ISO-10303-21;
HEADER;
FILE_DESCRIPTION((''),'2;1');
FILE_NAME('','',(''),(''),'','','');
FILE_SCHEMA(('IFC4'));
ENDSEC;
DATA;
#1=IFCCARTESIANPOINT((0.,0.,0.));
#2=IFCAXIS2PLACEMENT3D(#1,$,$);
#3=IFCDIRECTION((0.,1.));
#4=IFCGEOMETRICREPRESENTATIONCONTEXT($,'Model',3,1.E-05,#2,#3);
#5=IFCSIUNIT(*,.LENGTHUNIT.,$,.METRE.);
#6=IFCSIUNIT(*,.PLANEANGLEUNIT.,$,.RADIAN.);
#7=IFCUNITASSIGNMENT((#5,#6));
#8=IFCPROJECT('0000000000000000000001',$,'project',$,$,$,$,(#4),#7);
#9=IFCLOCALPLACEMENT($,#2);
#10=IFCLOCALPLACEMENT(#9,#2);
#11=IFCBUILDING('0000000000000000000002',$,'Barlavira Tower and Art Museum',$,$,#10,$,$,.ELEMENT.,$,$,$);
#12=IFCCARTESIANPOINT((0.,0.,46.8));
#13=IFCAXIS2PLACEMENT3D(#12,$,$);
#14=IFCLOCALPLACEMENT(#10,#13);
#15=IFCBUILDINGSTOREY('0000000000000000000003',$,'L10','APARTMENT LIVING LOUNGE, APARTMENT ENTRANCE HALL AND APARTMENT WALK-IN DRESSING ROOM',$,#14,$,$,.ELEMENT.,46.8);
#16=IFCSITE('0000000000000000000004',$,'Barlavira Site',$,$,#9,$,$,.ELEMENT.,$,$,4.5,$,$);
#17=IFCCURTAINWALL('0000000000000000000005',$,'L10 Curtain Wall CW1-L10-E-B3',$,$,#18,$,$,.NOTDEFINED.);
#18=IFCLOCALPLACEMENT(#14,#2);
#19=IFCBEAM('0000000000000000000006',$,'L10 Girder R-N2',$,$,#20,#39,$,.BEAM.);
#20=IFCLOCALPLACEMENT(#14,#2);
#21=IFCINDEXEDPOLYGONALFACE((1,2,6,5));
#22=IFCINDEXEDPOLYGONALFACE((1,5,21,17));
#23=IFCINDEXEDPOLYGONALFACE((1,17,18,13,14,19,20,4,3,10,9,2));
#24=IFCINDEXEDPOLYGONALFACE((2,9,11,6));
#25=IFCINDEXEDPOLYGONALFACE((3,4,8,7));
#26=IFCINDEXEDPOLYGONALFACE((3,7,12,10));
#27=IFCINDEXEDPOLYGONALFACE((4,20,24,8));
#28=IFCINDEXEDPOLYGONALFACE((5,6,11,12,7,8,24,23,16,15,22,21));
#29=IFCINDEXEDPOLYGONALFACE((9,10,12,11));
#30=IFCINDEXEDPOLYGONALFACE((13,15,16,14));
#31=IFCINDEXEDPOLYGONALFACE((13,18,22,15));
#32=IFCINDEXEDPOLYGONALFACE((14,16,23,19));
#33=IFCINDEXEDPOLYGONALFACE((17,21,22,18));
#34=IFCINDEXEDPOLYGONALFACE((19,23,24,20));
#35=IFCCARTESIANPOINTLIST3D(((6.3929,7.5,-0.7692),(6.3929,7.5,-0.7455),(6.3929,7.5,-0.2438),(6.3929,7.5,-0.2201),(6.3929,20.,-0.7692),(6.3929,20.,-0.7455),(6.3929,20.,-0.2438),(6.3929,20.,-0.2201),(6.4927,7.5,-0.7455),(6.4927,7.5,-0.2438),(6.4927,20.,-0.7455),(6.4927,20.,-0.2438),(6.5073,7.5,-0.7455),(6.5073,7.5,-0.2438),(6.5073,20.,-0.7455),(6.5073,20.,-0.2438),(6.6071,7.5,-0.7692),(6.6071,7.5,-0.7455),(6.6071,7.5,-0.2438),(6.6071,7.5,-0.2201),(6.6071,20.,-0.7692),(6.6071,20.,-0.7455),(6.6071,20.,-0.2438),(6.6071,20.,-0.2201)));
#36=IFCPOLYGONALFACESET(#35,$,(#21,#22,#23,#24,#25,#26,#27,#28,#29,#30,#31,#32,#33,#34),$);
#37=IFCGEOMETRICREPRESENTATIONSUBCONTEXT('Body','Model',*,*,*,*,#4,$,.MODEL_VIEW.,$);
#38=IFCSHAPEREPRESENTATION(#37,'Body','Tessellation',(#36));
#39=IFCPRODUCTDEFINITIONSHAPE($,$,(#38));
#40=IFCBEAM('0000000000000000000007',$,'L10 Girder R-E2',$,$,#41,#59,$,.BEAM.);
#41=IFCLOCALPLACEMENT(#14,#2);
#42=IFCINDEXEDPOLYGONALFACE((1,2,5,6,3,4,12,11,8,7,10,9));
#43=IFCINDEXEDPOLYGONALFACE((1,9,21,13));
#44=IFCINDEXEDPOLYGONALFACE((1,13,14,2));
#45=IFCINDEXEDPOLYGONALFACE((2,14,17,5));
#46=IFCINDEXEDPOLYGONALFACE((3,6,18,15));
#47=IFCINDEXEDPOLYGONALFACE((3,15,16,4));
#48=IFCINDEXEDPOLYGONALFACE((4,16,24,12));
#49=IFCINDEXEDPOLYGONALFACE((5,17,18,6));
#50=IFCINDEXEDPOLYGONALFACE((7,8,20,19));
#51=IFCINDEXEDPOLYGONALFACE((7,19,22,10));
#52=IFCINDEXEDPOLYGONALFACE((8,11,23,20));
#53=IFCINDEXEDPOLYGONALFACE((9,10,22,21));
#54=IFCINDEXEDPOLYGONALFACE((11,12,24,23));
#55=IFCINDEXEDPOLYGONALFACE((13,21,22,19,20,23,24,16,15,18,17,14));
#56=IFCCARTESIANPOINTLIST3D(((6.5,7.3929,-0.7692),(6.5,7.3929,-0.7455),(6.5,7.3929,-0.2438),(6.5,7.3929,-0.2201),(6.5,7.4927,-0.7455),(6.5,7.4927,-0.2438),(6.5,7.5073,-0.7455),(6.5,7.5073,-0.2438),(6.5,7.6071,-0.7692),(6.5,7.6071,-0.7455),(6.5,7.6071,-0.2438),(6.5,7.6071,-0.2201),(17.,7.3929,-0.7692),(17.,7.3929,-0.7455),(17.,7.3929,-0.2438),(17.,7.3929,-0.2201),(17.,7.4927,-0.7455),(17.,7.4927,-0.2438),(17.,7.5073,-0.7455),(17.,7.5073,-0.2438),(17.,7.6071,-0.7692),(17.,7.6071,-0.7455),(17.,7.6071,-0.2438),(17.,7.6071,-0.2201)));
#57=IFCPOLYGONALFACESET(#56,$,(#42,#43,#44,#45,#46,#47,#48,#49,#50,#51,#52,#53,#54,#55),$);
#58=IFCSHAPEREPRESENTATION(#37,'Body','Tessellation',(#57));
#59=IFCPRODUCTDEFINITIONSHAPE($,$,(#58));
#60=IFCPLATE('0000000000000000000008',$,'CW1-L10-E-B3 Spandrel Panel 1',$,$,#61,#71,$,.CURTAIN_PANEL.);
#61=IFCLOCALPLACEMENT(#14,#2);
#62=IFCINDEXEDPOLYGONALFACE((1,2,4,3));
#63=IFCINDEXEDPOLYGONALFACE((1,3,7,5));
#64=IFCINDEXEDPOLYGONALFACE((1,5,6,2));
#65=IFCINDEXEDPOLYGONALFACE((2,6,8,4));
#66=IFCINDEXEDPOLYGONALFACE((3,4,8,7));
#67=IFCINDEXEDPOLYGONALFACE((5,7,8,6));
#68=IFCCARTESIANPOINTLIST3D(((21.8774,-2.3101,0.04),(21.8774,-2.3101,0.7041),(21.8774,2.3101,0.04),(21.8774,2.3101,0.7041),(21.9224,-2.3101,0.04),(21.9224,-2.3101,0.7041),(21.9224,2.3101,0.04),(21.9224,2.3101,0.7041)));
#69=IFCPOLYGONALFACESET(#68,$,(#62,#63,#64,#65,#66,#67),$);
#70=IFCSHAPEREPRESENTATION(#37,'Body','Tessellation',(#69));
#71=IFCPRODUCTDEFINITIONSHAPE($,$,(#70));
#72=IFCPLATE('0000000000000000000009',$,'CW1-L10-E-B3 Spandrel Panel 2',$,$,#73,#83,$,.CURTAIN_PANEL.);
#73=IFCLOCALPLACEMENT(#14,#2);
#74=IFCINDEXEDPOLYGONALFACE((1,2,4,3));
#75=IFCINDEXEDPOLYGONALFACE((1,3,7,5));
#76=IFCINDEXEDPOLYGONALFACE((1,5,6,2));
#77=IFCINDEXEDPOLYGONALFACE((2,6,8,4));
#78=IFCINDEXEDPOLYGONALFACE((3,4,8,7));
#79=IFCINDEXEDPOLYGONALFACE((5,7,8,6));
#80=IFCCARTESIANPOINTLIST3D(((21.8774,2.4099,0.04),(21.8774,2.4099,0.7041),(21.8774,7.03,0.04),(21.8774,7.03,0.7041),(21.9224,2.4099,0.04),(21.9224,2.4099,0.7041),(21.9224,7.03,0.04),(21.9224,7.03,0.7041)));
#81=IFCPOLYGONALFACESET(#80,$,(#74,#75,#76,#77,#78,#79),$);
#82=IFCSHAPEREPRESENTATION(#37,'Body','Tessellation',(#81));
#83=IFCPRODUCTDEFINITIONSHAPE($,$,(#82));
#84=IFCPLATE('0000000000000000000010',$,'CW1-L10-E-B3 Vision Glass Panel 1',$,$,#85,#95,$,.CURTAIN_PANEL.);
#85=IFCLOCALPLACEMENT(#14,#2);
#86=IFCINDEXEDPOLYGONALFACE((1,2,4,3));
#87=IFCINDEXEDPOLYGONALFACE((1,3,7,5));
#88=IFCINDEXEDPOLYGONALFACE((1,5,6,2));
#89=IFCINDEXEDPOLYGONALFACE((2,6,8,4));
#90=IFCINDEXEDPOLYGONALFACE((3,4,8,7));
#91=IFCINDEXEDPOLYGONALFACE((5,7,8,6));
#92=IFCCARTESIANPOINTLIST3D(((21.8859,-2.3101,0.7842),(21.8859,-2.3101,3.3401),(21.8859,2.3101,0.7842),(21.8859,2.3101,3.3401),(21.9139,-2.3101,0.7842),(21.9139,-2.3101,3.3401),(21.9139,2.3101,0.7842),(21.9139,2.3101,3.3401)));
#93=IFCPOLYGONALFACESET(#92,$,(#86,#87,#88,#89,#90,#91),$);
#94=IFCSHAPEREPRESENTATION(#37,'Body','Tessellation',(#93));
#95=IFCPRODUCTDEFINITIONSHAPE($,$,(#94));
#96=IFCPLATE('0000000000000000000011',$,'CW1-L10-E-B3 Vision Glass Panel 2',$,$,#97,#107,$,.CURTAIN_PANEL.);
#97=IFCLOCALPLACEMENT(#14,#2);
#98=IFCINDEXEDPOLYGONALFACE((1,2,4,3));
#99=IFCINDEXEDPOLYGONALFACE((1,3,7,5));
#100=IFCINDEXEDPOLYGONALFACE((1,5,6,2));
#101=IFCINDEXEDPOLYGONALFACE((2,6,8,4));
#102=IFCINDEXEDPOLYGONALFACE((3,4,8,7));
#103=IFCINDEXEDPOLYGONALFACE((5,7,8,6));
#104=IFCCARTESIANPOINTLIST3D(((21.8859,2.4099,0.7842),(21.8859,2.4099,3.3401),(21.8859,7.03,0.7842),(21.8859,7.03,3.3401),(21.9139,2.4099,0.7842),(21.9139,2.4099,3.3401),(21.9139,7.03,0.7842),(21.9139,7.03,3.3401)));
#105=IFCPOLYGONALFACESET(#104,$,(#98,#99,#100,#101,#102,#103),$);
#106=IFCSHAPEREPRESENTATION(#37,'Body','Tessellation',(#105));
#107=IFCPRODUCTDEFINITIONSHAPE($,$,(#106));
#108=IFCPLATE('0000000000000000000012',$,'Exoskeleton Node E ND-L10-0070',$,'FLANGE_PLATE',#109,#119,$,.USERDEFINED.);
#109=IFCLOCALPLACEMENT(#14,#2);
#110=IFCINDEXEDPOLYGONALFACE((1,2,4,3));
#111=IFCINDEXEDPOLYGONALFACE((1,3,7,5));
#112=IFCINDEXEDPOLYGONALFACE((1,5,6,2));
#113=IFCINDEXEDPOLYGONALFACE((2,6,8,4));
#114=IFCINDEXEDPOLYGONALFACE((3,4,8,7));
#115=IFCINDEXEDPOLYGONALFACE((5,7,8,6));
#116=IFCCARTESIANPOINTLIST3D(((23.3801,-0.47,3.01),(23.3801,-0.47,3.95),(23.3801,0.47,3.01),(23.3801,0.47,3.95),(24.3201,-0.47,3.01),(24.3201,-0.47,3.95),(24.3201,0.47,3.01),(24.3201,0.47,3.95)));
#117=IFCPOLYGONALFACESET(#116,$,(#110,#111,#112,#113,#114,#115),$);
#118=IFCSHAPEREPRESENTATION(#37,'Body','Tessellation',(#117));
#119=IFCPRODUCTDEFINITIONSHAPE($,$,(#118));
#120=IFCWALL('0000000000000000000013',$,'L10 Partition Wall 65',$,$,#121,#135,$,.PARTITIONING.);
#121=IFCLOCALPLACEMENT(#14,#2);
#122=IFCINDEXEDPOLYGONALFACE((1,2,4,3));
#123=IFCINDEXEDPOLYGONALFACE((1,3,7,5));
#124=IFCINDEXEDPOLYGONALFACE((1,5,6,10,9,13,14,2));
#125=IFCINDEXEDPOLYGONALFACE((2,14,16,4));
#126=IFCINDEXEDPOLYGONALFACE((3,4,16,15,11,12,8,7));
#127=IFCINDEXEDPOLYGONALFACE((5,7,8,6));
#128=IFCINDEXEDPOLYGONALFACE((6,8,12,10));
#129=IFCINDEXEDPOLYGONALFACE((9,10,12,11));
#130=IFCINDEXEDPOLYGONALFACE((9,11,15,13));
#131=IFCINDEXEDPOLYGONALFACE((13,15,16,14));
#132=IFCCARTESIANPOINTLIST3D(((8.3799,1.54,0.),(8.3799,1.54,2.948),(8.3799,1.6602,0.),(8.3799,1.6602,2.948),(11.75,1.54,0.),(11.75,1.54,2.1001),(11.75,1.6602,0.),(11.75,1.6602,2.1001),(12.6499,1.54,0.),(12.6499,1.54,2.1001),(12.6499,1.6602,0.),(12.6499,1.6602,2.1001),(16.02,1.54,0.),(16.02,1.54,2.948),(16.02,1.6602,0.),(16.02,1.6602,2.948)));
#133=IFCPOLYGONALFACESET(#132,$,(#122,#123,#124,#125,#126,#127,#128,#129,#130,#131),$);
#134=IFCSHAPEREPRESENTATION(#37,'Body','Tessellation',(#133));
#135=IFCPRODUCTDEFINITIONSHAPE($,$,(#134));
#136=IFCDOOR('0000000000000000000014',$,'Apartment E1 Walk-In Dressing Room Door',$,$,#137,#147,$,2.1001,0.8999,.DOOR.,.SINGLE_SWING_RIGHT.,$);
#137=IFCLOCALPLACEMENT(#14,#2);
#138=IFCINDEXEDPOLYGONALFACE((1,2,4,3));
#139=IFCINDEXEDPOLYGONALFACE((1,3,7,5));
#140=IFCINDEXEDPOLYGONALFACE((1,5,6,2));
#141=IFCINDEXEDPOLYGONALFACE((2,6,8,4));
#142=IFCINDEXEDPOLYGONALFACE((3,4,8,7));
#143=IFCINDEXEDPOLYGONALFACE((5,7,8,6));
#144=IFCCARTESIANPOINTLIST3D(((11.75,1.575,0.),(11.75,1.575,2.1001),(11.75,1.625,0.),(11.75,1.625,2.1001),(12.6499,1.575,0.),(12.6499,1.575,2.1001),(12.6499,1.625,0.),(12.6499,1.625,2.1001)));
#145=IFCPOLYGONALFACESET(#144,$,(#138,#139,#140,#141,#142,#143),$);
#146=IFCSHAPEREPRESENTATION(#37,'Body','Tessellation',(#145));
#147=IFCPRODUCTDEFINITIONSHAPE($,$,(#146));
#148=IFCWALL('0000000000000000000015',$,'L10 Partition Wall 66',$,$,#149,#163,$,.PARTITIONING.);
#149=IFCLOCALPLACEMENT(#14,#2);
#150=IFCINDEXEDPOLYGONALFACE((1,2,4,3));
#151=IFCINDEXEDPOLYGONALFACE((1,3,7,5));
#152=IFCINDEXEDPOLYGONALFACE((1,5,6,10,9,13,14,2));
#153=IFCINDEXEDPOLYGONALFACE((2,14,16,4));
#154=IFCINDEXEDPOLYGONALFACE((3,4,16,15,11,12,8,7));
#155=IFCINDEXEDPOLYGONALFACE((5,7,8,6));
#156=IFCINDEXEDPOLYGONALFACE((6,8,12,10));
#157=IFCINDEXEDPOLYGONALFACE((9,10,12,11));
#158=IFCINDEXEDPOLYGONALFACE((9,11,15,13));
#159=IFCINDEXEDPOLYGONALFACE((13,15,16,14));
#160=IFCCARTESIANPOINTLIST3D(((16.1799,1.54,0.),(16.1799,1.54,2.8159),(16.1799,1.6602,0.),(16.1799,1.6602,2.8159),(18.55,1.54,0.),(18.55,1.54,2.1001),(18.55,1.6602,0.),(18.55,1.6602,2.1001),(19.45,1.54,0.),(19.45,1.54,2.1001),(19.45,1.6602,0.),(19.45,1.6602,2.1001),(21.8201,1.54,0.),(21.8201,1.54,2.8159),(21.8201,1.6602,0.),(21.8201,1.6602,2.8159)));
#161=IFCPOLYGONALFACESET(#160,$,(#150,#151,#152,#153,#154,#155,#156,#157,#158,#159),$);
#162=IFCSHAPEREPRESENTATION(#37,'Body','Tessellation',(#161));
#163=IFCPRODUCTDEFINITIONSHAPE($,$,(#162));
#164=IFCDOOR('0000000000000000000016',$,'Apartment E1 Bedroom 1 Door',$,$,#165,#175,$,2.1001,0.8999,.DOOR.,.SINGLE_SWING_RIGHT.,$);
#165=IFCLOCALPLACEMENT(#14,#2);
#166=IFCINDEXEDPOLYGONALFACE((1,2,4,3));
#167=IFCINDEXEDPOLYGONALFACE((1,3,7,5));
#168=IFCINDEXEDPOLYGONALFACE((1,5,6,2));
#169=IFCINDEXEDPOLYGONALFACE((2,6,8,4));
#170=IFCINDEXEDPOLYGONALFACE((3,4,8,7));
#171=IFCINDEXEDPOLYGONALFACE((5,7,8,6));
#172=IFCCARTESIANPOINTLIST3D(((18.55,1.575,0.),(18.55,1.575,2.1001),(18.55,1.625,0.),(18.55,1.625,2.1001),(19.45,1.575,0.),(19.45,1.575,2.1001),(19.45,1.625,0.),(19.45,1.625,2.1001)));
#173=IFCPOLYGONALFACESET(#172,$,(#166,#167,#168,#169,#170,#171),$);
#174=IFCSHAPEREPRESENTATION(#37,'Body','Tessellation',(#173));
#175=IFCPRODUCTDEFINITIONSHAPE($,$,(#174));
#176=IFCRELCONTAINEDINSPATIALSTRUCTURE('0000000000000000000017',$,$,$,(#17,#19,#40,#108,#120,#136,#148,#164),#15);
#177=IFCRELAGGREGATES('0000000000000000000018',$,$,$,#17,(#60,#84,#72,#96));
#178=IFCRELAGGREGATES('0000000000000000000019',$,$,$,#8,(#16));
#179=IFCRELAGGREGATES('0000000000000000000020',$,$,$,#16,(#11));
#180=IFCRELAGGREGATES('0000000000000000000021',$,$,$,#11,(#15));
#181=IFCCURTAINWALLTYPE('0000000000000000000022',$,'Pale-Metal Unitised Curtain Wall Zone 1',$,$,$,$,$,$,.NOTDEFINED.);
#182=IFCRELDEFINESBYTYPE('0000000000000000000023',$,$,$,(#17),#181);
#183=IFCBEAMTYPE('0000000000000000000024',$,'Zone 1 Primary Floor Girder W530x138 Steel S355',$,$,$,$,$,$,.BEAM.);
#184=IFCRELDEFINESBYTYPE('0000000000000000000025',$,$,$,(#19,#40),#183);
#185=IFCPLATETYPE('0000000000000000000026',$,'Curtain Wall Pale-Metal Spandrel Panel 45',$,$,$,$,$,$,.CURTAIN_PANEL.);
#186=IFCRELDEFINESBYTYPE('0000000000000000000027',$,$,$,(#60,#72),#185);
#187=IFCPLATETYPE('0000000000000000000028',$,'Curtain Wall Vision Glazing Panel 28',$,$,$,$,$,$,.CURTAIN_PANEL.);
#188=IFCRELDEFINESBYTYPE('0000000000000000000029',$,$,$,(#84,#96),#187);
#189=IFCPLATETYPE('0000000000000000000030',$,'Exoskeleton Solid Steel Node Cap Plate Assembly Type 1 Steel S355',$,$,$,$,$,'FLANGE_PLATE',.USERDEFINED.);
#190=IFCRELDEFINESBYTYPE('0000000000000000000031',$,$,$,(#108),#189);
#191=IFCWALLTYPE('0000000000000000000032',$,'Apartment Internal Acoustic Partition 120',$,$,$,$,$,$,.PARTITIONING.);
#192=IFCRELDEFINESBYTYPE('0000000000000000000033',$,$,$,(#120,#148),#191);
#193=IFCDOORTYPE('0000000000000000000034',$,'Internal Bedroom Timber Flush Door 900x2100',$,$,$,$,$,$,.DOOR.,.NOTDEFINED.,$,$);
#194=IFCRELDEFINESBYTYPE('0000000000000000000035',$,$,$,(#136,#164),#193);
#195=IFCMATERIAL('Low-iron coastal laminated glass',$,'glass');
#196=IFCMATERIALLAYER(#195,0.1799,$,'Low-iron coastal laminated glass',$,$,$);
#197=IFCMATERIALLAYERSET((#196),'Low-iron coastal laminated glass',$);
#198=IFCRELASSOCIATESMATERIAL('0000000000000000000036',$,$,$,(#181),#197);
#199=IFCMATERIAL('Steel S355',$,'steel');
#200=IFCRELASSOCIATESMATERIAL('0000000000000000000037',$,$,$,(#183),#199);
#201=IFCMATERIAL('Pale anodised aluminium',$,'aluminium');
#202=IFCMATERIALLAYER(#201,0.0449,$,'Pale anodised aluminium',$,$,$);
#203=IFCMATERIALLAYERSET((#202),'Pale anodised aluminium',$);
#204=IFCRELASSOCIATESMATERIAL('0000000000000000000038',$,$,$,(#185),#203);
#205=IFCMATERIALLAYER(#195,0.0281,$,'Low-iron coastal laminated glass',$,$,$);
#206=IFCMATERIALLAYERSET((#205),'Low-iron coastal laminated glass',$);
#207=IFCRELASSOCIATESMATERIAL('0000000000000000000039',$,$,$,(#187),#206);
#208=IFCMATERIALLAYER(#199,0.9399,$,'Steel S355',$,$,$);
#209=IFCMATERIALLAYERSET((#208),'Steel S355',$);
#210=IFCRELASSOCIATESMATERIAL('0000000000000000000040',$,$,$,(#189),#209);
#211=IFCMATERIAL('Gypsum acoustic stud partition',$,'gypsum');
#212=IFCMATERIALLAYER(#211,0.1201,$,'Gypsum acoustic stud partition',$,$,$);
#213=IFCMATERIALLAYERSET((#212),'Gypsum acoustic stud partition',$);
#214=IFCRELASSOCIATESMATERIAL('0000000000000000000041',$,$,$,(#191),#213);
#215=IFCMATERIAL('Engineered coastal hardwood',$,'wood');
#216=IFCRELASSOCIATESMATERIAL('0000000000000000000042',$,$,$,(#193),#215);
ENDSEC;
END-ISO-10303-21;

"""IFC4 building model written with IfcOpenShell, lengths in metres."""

from ifc_helpers import new_model, si_unit, direction, frame, frame_2d, origin, origin_2d, place, context, subcontext, project, spatial, rectangle, i_section, extrude, material, layer, layer_set, material_profile, profile_set, type_object, element, fill, aggregate, save


model = new_model("IFC4")

# Units and contexts
model_context = context("Model", 3, precision=1e-05, world=origin(), true_north=direction((0.0, 1.0)))
body_context = subcontext(model_context, "Body", "Model", "MODEL_VIEW")
ifc_project = project(units=[si_unit("LENGTHUNIT", "METRE"), si_unit("PLANEANGLEUNIT", "RADIAN")], contexts=[model_context])

# Site, building, storey
site_placement = place(None, origin())
site = spatial("IfcSite", under=ifc_project, at=site_placement, Name="Barlavira Site", CompositionType="ELEMENT", RefElevation=4.5)
building_placement = place(site_placement, origin())
building = spatial("IfcBuilding", under=site, at=building_placement, Name="Barlavira Tower and Art Museum", CompositionType="ELEMENT")
storey_placement = place(building_placement, frame((0.0, 0.0, 46.8)))
storey = spatial("IfcBuildingStorey", under=building, at=storey_placement, Name="L10", Description="APARTMENT LIVING LOUNGE, APARTMENT ENTRANCE HALL AND APARTMENT WALK-IN DRESSING ROOM", CompositionType="ELEMENT", Elevation=46.8)

# Shared definitions
ifc_material_1 = material(Name="Steel S355", Category="steel")

# Curtain wall
ifc_material_2 = material(Name="Low-iron coastal laminated glass", Category="glass")
ifc_layer_1 = layer(ifc_material_2, 0.1799, Name="Low-iron coastal laminated glass")
ifc_layer_set_1 = layer_set([ifc_layer_1], Name="Low-iron coastal laminated glass")
curtain_wall_type = type_object("IfcCurtainWallType", Name="Pale-Metal Unitised Curtain Wall Zone 1", PredefinedType="NOTDEFINED", material=ifc_layer_set_1)
curtain_wall_placement = place(storey_placement, origin())
curtain_wall = element("IfcCurtainWall", 1, at=curtain_wall_placement, inside=storey, type_object=curtain_wall_type, Name="L10 Curtain Wall CW1-L10-E-B3", PredefinedType="NOTDEFINED")
ifc_material_3 = material(Name="Pale anodised aluminium", Category="aluminium")

# Beams
ifc_material_profile_1 = material_profile(ifc_material_1, i_section(OverallWidth=0.2141, OverallDepth=0.5491, WebThickness=0.0146, FlangeThickness=0.0237, at=origin_2d()), Name="W530x138.0")
ifc_profile_set_1 = profile_set([ifc_material_profile_1], Name="Steel S355")
beam_type_1 = type_object("IfcBeamType", Name="Zone 1 Primary Floor Girder W530x138 Steel S355", PredefinedType="BEAM", material=ifc_profile_set_1)
beam_1_placement = place(storey_placement, frame((6.5, 7.5, -0.4946), z_axis=(0.0, 1.0, 0.0), x_axis=(-1.0, 0.0, 0.0)))
element("IfcBeam", 2, at=beam_1_placement, inside=storey, type_object=beam_type_1, Name="L10 Girder R-N2", PredefinedType="BEAM", context=body_context, shape_type="SweptSolid", body=[
    extrude(i_section(OverallWidth=0.2141, OverallDepth=0.5491, WebThickness=0.0146, FlangeThickness=0.0237, at=origin_2d()), origin(), (0.0, 0.0, 1.0), 12.5),
])
beam_2_placement = place(storey_placement, frame((6.5, 7.5, -0.4946), z_axis=(1.0, 0.0, 0.0), x_axis=(0.0, 1.0, 0.0)))
element("IfcBeam", 3, at=beam_2_placement, inside=storey, type_object=beam_type_1, Name="L10 Girder R-E2", PredefinedType="BEAM", context=body_context, shape_type="SweptSolid", body=[
    extrude(i_section(OverallWidth=0.2141, OverallDepth=0.5491, WebThickness=0.0146, FlangeThickness=0.0237, at=origin_2d()), origin(), (0.0, 0.0, 1.0), 10.5),
])

# Plates
ifc_layer_2 = layer(ifc_material_3, 0.0449, Name="Pale anodised aluminium")
ifc_layer_set_2 = layer_set([ifc_layer_2], Name="Pale anodised aluminium")
plate_type_1 = type_object("IfcPlateType", Name="Curtain Wall Pale-Metal Spandrel Panel 45", PredefinedType="CURTAIN_PANEL", material=ifc_layer_set_2)
plate_1_placement = place(storey_placement, frame((21.8999, 0.0, 0.04), z_axis=(0.0, 0.0, 1.0), x_axis=(0.0, 1.0, 0.0)))
plate_1 = element("IfcPlate", 4, at=plate_1_placement, type_object=plate_type_1, Name="CW1-L10-E-B3 Spandrel Panel 1", PredefinedType="CURTAIN_PANEL", context=body_context, shape_type="SweptSolid", body=[
    extrude(rectangle(XDim=4.6201, YDim=0.0449, at=origin_2d()), origin(), (0.0, 0.0, 1.0), 0.6641),
])
plate_2_placement = place(storey_placement, frame((21.8999, 4.72, 0.04), z_axis=(0.0, 0.0, 1.0), x_axis=(0.0, 1.0, 0.0)))
plate_2 = element("IfcPlate", 5, at=plate_2_placement, type_object=plate_type_1, Name="CW1-L10-E-B3 Spandrel Panel 2", PredefinedType="CURTAIN_PANEL", context=body_context, shape_type="SweptSolid", body=[
    extrude(rectangle(XDim=4.6201, YDim=0.0449, at=origin_2d()), origin(), (0.0, 0.0, 1.0), 0.6641),
])
ifc_layer_3 = layer(ifc_material_2, 0.0281, Name="Low-iron coastal laminated glass")
ifc_layer_set_3 = layer_set([ifc_layer_3], Name="Low-iron coastal laminated glass")
plate_type_2 = type_object("IfcPlateType", Name="Curtain Wall Vision Glazing Panel 28", PredefinedType="CURTAIN_PANEL", material=ifc_layer_set_3)
plate_3_placement = place(storey_placement, frame((21.8999, 0.0, 0.7842), z_axis=(0.0, 0.0, 1.0), x_axis=(0.0, 1.0, 0.0)))
plate_3 = element("IfcPlate", 6, at=plate_3_placement, type_object=plate_type_2, Name="CW1-L10-E-B3 Vision Glass Panel 1", PredefinedType="CURTAIN_PANEL", context=body_context, shape_type="SweptSolid", body=[
    extrude(rectangle(XDim=4.6201, YDim=0.0281, at=origin_2d()), origin(), (0.0, 0.0, 1.0), 2.5559),
])
plate_4_placement = place(storey_placement, frame((21.8999, 4.72, 0.7842), z_axis=(0.0, 0.0, 1.0), x_axis=(0.0, 1.0, 0.0)))
plate_4 = element("IfcPlate", 7, at=plate_4_placement, type_object=plate_type_2, Name="CW1-L10-E-B3 Vision Glass Panel 2", PredefinedType="CURTAIN_PANEL", context=body_context, shape_type="SweptSolid", body=[
    extrude(rectangle(XDim=4.6201, YDim=0.0281, at=origin_2d()), origin(), (0.0, 0.0, 1.0), 2.5559),
])
aggregate(curtain_wall, [plate_1, plate_3, plate_2, plate_4])
ifc_layer_4 = layer(ifc_material_1, 0.9399, Name="Steel S355")
ifc_layer_set_4 = layer_set([ifc_layer_4], Name="Steel S355")
plate_type_3 = type_object("IfcPlateType", Name="Exoskeleton Solid Steel Node Cap Plate Assembly Type 1 Steel S355", ElementType="FLANGE_PLATE", PredefinedType="USERDEFINED", material=ifc_layer_set_4)
plate_5_placement = place(storey_placement, frame((23.8501, 0.0, 3.01), z_axis=(0.0, 0.0, 1.0), x_axis=(1.0, 0.0, 0.0)))
element("IfcPlate", 8, at=plate_5_placement, inside=storey, type_object=plate_type_3, Name="Exoskeleton Node E ND-L10-0070", ObjectType="FLANGE_PLATE", PredefinedType="USERDEFINED", context=body_context, shape_type="SweptSolid", body=[
    extrude(rectangle(XDim=0.9399, YDim=0.9399, at=origin_2d()), origin(), (0.0, 0.0, 1.0), 0.9399),
])

# Walls, openings, doors
ifc_material_4 = material(Name="Gypsum acoustic stud partition", Category="gypsum")
ifc_layer_5 = layer(ifc_material_4, 0.1201, Name="Gypsum acoustic stud partition")
ifc_layer_set_5 = layer_set([ifc_layer_5], Name="Gypsum acoustic stud partition")
wall_type_1 = type_object("IfcWallType", Name="Apartment Internal Acoustic Partition 120", PredefinedType="PARTITIONING", material=ifc_layer_set_5)
wall_1_placement = place(storey_placement, frame((8.3799, 1.6001, 0.0), z_axis=(0.0, 0.0, 1.0), x_axis=(1.0, 0.0, 0.0)))
wall_1 = element("IfcWall", 9, at=wall_1_placement, inside=storey, type_object=wall_type_1, Name="L10 Partition Wall 65", PredefinedType="PARTITIONING", context=body_context, shape_type="SweptSolid", body=[
    extrude(rectangle(XDim=7.6401, YDim=0.1201, at=frame_2d((3.8201, 0.0))), origin(), (0.0, 0.0, 1.0), 2.948),
])
opening_1_placement = place(wall_1_placement, frame((3.3701, 0.0, 0.0)))
opening_1 = element("IfcOpeningElement", 10, at=opening_1_placement, cuts=wall_1, PredefinedType="OPENING", context=body_context, shape_type="SweptSolid", body=[
    extrude(rectangle(XDim=0.8999, YDim=2.1001, at=frame_2d((0.45, 1.05))), frame((0.0, 0.0701, 0.0), z_axis=(0.0, -1.0, 0.0), x_axis=(1.0, 0.0, 0.0)), (0.0, 0.0, 1.0), 0.1401),
])
ifc_material_5 = material(Name="Engineered coastal hardwood", Category="wood")
door_type = type_object("IfcDoorType", Name="Internal Bedroom Timber Flush Door 900x2100", OperationType="NOTDEFINED", PredefinedType="DOOR", material=ifc_material_5)
door_1_placement = place(opening_1_placement, origin())
door_1 = element("IfcDoor", 11, at=door_1_placement, inside=storey, type_object=door_type, Name="Apartment E1 Walk-In Dressing Room Door", OperationType="SINGLE_SWING_RIGHT", OverallHeight=2.1001, OverallWidth=0.8999, PredefinedType="DOOR", context=body_context, shape_type="SweptSolid", body=[
    extrude(rectangle(XDim=0.8999, YDim=2.1001, at=frame_2d((0.45, 1.05))), frame((0.0, 0.0249, 0.0), z_axis=(0.0, -1.0, 0.0), x_axis=(1.0, 0.0, 0.0)), (0.0, 0.0, 1.0), 0.05),
])
fill(opening_1, door_1)
wall_2_placement = place(storey_placement, frame((16.1799, 1.6001, 0.0), z_axis=(0.0, 0.0, 1.0), x_axis=(1.0, 0.0, 0.0)))
wall_2 = element("IfcWall", 12, at=wall_2_placement, inside=storey, type_object=wall_type_1, Name="L10 Partition Wall 66", PredefinedType="PARTITIONING", context=body_context, shape_type="SweptSolid", body=[
    extrude(rectangle(XDim=5.6401, YDim=0.1201, at=frame_2d((2.8201, 0.0))), origin(), (0.0, 0.0, 1.0), 2.8159),
])
opening_2_placement = place(wall_2_placement, frame((2.3701, 0.0, 0.0)))
opening_2 = element("IfcOpeningElement", 13, at=opening_2_placement, cuts=wall_2, PredefinedType="OPENING", context=body_context, shape_type="SweptSolid", body=[
    extrude(rectangle(XDim=0.8999, YDim=2.1001, at=frame_2d((0.45, 1.05))), frame((0.0, 0.0701, 0.0), z_axis=(0.0, -1.0, 0.0), x_axis=(1.0, 0.0, 0.0)), (0.0, 0.0, 1.0), 0.1401),
])
door_2_placement = place(opening_2_placement, origin())
door_2 = element("IfcDoor", 14, at=door_2_placement, inside=storey, type_object=door_type, Name="Apartment E1 Bedroom 1 Door", OperationType="SINGLE_SWING_RIGHT", OverallHeight=2.1001, OverallWidth=0.8999, PredefinedType="DOOR", context=body_context, shape_type="SweptSolid", body=[
    extrude(rectangle(XDim=0.8999, YDim=2.1001, at=frame_2d((0.45, 1.05))), frame((0.0, 0.0249, 0.0), z_axis=(0.0, -1.0, 0.0), x_axis=(1.0, 0.0, 0.0)), (0.0, 0.0, 1.0), 0.05),
])
fill(opening_2, door_2)

save(model, "model.ifc")
